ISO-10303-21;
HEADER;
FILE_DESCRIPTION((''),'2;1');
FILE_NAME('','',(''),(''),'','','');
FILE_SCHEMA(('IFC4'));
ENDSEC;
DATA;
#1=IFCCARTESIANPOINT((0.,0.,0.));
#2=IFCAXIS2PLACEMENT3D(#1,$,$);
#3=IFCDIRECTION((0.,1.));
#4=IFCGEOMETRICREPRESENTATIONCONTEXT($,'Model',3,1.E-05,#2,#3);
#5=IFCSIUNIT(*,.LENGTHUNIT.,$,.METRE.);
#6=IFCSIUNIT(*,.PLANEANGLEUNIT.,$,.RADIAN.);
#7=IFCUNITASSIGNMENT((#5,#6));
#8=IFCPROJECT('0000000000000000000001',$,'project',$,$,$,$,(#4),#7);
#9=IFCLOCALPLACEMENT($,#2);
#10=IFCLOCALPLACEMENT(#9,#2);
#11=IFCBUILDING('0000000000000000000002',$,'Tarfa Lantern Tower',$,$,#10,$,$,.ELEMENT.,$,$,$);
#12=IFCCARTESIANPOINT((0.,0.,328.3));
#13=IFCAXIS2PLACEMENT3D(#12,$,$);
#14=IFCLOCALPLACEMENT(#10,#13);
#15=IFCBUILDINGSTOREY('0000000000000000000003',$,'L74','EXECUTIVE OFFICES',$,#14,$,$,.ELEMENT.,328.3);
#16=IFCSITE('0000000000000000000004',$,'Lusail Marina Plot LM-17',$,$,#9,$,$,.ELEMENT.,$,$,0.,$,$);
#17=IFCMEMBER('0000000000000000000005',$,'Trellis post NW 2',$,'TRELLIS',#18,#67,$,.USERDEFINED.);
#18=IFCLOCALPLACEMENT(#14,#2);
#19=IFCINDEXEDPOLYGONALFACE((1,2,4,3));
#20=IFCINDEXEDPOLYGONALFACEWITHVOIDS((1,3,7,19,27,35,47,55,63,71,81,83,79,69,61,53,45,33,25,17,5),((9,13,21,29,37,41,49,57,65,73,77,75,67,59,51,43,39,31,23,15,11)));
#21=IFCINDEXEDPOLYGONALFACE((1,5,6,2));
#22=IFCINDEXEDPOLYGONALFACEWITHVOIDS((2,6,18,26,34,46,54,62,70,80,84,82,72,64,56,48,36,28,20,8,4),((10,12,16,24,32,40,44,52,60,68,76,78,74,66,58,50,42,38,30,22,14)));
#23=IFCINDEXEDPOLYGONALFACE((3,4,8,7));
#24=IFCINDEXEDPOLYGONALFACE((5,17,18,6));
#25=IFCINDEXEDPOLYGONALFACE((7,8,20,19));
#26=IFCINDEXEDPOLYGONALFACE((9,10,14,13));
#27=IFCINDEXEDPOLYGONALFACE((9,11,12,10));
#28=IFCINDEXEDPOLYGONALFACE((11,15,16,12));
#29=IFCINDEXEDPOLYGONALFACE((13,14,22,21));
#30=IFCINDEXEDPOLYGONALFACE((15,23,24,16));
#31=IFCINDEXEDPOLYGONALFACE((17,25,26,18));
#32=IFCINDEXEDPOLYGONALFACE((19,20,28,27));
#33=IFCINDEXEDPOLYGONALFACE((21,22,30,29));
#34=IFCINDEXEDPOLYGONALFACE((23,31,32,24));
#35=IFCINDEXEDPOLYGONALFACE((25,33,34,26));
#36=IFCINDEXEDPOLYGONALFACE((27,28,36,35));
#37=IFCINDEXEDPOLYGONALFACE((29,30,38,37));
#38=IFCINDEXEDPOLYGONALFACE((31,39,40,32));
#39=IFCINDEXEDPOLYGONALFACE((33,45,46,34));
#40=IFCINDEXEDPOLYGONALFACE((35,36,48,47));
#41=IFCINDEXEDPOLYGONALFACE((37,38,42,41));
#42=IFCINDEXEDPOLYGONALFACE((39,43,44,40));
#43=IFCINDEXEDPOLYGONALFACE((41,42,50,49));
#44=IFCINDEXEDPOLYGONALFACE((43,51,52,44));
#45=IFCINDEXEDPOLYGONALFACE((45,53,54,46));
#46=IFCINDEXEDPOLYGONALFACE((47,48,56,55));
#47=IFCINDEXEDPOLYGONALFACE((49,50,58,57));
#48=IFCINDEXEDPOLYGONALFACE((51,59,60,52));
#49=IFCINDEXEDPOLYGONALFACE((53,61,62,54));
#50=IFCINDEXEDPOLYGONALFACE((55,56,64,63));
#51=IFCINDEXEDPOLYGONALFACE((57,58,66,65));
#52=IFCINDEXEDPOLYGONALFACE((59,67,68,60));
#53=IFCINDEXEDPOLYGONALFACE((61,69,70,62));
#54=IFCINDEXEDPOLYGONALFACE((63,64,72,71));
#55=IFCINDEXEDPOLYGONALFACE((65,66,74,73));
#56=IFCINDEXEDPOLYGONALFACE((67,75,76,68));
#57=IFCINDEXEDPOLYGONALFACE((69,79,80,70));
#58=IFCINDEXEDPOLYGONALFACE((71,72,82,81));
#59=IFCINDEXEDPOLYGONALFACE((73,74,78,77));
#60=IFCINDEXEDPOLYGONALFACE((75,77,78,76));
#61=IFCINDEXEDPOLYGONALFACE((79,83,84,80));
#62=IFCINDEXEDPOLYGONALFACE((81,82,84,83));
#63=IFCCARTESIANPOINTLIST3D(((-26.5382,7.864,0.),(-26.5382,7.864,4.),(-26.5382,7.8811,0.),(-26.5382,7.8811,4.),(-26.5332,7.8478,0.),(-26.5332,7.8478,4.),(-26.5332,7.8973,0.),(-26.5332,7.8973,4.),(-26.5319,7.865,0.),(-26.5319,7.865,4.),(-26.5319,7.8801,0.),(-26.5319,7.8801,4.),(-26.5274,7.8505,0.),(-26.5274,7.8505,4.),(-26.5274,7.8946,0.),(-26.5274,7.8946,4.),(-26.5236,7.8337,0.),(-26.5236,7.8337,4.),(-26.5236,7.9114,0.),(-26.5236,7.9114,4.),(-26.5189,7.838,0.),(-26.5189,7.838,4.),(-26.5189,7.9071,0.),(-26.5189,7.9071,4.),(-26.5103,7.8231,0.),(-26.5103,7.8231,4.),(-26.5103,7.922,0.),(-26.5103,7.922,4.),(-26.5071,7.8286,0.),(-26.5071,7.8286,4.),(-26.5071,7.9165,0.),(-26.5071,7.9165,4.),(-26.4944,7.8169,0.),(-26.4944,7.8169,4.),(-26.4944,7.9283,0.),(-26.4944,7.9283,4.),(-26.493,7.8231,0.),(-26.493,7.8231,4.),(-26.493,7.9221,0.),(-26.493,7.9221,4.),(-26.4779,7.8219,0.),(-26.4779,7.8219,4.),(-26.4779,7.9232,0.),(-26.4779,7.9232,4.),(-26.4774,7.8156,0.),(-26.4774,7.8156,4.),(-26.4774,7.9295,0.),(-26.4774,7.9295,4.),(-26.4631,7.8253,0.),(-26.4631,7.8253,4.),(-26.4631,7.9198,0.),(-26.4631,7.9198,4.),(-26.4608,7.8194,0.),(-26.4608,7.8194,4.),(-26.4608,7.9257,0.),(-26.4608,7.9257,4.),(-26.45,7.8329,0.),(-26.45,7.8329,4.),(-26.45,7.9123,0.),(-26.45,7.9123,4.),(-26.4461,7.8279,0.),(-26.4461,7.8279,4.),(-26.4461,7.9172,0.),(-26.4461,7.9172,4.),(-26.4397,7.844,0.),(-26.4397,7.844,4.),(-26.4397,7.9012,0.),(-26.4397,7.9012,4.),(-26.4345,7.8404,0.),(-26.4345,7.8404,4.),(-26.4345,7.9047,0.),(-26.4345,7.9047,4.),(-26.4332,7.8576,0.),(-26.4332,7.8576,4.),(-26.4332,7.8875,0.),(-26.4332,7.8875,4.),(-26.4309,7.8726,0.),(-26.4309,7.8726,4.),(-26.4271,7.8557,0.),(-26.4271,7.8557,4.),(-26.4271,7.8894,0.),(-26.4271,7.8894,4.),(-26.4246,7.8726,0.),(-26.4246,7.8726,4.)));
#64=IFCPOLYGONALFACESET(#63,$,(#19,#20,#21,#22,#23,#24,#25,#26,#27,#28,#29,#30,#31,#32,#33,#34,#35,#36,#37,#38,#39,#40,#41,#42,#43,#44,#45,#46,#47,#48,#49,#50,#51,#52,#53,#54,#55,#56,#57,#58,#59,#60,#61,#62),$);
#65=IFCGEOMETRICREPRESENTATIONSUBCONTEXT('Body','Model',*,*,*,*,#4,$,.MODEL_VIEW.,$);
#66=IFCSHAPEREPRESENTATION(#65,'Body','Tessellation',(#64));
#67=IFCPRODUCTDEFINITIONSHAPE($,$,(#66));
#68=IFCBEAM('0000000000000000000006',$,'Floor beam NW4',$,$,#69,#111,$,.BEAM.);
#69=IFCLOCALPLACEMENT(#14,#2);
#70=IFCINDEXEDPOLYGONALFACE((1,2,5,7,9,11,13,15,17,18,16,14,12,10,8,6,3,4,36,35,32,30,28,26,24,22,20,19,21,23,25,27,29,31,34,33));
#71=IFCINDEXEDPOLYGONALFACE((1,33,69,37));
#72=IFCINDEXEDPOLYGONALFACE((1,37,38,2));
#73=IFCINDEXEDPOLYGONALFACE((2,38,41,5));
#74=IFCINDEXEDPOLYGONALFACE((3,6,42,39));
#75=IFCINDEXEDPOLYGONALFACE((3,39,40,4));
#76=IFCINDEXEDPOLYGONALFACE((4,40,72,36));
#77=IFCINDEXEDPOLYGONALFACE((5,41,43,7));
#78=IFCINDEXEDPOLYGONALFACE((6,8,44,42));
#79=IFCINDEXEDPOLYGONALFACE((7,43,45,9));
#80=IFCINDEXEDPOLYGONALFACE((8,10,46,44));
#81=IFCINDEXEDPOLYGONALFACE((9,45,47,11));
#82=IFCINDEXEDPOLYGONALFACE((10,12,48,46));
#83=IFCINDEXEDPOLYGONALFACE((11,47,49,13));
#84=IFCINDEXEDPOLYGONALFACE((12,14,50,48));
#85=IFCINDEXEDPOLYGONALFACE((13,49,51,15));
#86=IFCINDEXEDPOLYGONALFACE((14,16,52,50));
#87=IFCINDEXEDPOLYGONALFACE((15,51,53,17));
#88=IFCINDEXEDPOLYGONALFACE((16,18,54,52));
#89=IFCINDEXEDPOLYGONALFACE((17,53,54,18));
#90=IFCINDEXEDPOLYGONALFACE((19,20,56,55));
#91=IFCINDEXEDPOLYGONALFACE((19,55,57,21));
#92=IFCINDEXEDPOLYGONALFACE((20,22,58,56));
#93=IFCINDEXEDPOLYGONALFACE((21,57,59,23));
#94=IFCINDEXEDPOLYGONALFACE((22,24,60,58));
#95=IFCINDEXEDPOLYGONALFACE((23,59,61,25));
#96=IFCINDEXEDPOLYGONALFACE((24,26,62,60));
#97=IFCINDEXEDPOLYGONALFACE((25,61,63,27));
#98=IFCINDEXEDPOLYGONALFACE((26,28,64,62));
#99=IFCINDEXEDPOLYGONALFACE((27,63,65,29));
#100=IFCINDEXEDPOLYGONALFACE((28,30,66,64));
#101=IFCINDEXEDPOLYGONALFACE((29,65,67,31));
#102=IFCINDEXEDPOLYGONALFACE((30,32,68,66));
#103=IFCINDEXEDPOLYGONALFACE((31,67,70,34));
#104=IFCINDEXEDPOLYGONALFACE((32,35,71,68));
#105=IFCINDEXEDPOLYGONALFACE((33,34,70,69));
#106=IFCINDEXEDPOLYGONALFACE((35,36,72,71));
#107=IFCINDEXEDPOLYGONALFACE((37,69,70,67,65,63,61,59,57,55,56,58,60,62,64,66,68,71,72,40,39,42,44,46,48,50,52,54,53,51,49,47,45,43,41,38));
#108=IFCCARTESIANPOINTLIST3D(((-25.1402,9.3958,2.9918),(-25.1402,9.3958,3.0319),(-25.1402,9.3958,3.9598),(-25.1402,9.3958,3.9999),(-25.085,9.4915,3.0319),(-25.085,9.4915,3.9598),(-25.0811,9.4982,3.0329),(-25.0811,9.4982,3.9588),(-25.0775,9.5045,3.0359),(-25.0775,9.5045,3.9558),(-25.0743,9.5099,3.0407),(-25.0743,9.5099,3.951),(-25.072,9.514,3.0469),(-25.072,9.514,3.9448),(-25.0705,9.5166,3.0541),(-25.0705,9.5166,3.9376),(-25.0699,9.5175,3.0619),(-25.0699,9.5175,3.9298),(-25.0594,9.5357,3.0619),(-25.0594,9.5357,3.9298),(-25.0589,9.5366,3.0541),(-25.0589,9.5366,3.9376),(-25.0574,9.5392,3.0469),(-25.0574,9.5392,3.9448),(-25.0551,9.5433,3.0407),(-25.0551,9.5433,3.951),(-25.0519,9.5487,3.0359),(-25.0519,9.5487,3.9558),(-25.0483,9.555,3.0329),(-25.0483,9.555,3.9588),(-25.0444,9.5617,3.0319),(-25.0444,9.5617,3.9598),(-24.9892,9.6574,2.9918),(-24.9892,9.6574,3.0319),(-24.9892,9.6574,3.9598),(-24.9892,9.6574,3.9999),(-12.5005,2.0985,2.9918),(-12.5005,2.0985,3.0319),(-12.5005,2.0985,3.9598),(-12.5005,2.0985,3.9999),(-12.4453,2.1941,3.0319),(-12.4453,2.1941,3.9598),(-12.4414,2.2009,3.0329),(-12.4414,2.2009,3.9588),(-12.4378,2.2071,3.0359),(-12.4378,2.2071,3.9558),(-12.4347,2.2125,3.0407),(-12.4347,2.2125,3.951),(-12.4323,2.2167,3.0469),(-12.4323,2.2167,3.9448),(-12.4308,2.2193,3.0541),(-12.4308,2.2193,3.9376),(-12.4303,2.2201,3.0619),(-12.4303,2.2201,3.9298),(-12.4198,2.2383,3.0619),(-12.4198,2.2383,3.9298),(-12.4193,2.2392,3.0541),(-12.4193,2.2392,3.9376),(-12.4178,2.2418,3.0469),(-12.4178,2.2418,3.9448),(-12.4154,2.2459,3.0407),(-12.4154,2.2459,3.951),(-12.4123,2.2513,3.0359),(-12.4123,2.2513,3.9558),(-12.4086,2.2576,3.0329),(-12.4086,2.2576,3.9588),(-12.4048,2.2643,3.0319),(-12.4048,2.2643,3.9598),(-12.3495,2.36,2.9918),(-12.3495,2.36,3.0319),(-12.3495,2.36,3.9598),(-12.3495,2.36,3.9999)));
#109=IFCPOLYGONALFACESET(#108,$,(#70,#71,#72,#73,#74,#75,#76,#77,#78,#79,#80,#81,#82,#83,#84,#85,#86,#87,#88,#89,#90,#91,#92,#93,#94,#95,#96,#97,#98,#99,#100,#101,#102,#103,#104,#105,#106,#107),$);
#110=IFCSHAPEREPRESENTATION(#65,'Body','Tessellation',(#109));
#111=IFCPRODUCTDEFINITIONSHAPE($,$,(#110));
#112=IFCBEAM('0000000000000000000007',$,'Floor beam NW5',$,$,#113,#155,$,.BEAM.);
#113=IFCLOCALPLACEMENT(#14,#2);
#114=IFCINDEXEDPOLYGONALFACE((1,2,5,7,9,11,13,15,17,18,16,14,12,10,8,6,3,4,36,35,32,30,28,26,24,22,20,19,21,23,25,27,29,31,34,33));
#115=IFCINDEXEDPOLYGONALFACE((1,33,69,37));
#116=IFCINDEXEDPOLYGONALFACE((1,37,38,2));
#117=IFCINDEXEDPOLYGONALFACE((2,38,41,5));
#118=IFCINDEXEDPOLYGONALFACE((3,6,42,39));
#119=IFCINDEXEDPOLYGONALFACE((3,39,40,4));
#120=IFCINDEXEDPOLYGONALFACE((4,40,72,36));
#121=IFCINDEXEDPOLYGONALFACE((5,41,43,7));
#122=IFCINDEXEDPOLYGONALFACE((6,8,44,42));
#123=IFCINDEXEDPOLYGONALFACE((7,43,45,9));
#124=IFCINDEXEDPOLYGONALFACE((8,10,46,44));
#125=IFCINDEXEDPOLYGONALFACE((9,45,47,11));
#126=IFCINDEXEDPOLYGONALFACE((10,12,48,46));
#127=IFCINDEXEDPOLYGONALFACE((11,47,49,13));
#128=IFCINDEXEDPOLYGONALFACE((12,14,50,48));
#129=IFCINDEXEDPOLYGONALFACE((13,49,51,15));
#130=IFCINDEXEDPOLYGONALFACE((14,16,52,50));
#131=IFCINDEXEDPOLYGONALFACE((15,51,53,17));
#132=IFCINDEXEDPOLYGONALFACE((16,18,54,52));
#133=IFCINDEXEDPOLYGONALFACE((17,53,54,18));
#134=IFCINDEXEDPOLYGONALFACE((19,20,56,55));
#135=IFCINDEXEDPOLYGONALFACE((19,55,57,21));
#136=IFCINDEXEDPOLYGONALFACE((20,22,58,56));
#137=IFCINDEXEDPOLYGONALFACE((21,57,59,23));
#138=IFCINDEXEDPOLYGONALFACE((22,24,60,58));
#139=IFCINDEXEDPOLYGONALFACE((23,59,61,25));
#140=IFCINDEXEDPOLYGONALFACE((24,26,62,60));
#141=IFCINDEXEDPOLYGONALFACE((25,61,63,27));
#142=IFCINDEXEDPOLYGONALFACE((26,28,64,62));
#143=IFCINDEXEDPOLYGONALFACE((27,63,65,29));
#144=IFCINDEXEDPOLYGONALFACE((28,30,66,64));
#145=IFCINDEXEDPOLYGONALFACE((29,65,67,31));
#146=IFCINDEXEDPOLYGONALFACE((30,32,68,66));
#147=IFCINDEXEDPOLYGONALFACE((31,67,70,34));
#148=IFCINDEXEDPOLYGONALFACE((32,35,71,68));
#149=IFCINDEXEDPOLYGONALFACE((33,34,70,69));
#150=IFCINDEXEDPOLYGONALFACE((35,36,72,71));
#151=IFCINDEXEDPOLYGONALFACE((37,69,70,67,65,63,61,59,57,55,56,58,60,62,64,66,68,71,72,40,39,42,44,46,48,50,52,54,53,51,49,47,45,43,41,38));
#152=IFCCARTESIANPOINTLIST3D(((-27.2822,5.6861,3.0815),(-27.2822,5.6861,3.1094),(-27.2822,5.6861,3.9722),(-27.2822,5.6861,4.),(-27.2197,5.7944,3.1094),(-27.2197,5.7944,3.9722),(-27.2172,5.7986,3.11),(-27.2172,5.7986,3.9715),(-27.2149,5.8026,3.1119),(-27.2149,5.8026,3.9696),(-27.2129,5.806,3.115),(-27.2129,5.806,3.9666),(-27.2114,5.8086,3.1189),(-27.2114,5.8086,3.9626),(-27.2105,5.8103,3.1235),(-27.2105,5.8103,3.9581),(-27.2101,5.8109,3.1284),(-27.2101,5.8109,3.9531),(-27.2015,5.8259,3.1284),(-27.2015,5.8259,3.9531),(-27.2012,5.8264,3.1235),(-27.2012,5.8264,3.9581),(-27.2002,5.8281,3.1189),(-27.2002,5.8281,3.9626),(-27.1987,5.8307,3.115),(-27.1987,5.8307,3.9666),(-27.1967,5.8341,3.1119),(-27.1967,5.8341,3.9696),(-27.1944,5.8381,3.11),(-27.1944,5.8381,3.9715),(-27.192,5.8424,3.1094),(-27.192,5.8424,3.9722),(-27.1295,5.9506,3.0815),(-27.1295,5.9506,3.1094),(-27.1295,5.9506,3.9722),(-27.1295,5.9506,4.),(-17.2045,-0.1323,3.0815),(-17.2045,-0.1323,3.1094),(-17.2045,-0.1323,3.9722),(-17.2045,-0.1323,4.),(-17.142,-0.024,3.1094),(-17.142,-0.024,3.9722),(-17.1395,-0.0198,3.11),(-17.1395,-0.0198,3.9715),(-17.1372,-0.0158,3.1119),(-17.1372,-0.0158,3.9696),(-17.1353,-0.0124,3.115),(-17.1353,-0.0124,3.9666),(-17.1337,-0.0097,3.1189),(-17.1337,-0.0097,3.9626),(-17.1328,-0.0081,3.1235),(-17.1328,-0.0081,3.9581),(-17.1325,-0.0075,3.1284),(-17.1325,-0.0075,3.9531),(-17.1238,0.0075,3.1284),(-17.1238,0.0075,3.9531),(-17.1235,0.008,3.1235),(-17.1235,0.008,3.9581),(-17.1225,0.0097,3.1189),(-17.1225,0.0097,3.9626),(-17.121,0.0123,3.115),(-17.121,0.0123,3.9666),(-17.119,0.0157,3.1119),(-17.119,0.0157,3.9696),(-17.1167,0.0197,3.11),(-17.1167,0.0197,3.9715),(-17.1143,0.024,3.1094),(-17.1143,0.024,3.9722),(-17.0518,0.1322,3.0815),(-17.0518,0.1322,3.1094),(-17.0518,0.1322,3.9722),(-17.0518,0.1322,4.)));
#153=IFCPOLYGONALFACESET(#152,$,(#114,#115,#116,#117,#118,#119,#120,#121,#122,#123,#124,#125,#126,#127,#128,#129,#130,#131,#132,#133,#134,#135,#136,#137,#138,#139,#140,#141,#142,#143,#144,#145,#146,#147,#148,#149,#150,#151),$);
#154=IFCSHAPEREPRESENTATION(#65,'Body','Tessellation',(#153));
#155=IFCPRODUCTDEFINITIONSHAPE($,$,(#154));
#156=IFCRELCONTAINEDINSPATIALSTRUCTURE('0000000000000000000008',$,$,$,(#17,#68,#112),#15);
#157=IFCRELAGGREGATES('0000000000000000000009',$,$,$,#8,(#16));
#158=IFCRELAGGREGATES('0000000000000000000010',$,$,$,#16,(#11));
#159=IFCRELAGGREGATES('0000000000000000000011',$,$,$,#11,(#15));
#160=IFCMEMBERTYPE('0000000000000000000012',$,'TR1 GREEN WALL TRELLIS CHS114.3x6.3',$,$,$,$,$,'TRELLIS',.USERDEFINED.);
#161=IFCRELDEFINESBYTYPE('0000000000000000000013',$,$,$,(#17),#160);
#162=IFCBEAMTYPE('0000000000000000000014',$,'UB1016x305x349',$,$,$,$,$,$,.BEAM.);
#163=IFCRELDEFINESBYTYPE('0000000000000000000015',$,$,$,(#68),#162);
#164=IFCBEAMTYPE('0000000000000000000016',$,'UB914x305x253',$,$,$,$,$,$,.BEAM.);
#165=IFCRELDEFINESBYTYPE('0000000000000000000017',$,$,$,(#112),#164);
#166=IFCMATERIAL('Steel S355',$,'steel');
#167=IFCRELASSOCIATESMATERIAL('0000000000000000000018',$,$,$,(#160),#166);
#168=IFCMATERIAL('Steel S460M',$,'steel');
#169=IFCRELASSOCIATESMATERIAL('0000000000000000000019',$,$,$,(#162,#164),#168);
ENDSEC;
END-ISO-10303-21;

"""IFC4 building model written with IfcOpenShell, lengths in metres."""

from ifc_helpers import new_model, si_unit, direction, frame, origin, origin_2d, place, context, subcontext, project, spatial, hollow_circle, i_section, extrude, material, material_profile, profile_set, type_object, element, save


model = new_model("IFC4")

# Units and contexts
model_context = context("Model", 3, precision=1e-05, world=origin(), true_north=direction((0.0, 1.0)))
body_context = subcontext(model_context, "Body", "Model", "MODEL_VIEW")
ifc_project = project(units=[si_unit("LENGTHUNIT", "METRE"), si_unit("PLANEANGLEUNIT", "RADIAN")], contexts=[model_context])

# Site, building, storey
site_placement = place(None, origin())
site = spatial("IfcSite", under=ifc_project, at=site_placement, Name="Lusail Marina Plot LM-17", CompositionType="ELEMENT", RefElevation=0.0)
building_placement = place(site_placement, origin())
building = spatial("IfcBuilding", under=site, at=building_placement, Name="Tarfa Lantern Tower", CompositionType="ELEMENT")
storey_placement = place(building_placement, frame((0.0, 0.0, 328.3)))
storey = spatial("IfcBuildingStorey", under=building, at=storey_placement, Name="L74", Description="EXECUTIVE OFFICES", CompositionType="ELEMENT", Elevation=328.3)

# Member
ifc_material_1 = material(Name="Steel S355", Category="steel")
ifc_material_profile_1 = material_profile(ifc_material_1, hollow_circle(Radius=0.0571, WallThickness=0.0063, at=origin_2d()), Name="CHS114.3x6.3")
ifc_profile_set_1 = profile_set([ifc_material_profile_1], Name="Steel S355")
member_type_1 = type_object("IfcMemberType", Name="TR1 GREEN WALL TRELLIS CHS114.3x6.3", ElementType="TRELLIS", PredefinedType="USERDEFINED", material=ifc_profile_set_1)
member_1_placement = place(storey_placement, frame((-26.4817, 7.8726, 0.0), z_axis=(0.0, 0.0, 1.0), x_axis=(1.0, 0.0, 0.0)))
element("IfcMember", 1, at=member_1_placement, inside=storey, type_object=member_type_1, Name="Trellis post NW 2", ObjectType="TRELLIS", PredefinedType="USERDEFINED", context=body_context, shape_type="SweptSolid", body=[
    extrude(hollow_circle(Radius=0.0571, WallThickness=0.0063, at=origin_2d()), origin(), (0.0, 0.0, 1.0), 4.0),
])

# Beams
ifc_material_2 = material(Name="Steel S460M", Category="steel")
ifc_material_profile_2 = material_profile(ifc_material_2, i_section(OverallWidth=0.302, OverallDepth=1.0081, WebThickness=0.021, FlangeThickness=0.04, FilletRadius=0.03, at=origin_2d()), Name="UB1016x305x349")
ifc_profile_set_2 = profile_set([ifc_material_profile_2], Name="Steel S460M")
beam_type_1 = type_object("IfcBeamType", Name="UB1016x305x349", PredefinedType="BEAM", material=ifc_profile_set_2)
beam_1_placement = place(storey_placement, frame((-25.0647, 9.5266, 3.4958), z_axis=(0.86603, -0.499993, 0.0), x_axis=(0.499993, 0.86603, 0.0)))
element("IfcBeam", 2, at=beam_1_placement, inside=storey, type_object=beam_type_1, Name="Floor beam NW4", PredefinedType="BEAM", context=body_context, shape_type="SweptSolid", body=[
    extrude(i_section(OverallWidth=0.302, OverallDepth=1.0081, WebThickness=0.021, FlangeThickness=0.04, FilletRadius=0.03, at=origin_2d()), origin(), (0.0, 0.0, 1.0), 14.595),
])
ifc_material_profile_3 = material_profile(ifc_material_2, i_section(OverallWidth=0.3054, OverallDepth=0.9185, WebThickness=0.0173, FlangeThickness=0.0278, FilletRadius=0.019, at=origin_2d()), Name="UB914x305x253")
ifc_profile_set_3 = profile_set([ifc_material_profile_3], Name="Steel S460M")
beam_type_2 = type_object("IfcBeamType", Name="UB914x305x253", PredefinedType="BEAM", material=ifc_profile_set_3)
beam_2_placement = place(storey_placement, frame((-27.2058, 5.8184, 3.5408), z_axis=(0.866024, -0.500002, 0.0), x_axis=(0.500002, 0.866024, 0.0)))
element("IfcBeam", 3, at=beam_2_placement, inside=storey, type_object=beam_type_2, Name="Floor beam NW5", PredefinedType="BEAM", context=body_context, shape_type="SweptSolid", body=[
    extrude(i_section(OverallWidth=0.3054, OverallDepth=0.9185, WebThickness=0.0173, FlangeThickness=0.0278, FilletRadius=0.019, at=origin_2d()), origin(), (0.0, 0.0, 1.0), 11.6367),
])

save(model, "model.ifc")
